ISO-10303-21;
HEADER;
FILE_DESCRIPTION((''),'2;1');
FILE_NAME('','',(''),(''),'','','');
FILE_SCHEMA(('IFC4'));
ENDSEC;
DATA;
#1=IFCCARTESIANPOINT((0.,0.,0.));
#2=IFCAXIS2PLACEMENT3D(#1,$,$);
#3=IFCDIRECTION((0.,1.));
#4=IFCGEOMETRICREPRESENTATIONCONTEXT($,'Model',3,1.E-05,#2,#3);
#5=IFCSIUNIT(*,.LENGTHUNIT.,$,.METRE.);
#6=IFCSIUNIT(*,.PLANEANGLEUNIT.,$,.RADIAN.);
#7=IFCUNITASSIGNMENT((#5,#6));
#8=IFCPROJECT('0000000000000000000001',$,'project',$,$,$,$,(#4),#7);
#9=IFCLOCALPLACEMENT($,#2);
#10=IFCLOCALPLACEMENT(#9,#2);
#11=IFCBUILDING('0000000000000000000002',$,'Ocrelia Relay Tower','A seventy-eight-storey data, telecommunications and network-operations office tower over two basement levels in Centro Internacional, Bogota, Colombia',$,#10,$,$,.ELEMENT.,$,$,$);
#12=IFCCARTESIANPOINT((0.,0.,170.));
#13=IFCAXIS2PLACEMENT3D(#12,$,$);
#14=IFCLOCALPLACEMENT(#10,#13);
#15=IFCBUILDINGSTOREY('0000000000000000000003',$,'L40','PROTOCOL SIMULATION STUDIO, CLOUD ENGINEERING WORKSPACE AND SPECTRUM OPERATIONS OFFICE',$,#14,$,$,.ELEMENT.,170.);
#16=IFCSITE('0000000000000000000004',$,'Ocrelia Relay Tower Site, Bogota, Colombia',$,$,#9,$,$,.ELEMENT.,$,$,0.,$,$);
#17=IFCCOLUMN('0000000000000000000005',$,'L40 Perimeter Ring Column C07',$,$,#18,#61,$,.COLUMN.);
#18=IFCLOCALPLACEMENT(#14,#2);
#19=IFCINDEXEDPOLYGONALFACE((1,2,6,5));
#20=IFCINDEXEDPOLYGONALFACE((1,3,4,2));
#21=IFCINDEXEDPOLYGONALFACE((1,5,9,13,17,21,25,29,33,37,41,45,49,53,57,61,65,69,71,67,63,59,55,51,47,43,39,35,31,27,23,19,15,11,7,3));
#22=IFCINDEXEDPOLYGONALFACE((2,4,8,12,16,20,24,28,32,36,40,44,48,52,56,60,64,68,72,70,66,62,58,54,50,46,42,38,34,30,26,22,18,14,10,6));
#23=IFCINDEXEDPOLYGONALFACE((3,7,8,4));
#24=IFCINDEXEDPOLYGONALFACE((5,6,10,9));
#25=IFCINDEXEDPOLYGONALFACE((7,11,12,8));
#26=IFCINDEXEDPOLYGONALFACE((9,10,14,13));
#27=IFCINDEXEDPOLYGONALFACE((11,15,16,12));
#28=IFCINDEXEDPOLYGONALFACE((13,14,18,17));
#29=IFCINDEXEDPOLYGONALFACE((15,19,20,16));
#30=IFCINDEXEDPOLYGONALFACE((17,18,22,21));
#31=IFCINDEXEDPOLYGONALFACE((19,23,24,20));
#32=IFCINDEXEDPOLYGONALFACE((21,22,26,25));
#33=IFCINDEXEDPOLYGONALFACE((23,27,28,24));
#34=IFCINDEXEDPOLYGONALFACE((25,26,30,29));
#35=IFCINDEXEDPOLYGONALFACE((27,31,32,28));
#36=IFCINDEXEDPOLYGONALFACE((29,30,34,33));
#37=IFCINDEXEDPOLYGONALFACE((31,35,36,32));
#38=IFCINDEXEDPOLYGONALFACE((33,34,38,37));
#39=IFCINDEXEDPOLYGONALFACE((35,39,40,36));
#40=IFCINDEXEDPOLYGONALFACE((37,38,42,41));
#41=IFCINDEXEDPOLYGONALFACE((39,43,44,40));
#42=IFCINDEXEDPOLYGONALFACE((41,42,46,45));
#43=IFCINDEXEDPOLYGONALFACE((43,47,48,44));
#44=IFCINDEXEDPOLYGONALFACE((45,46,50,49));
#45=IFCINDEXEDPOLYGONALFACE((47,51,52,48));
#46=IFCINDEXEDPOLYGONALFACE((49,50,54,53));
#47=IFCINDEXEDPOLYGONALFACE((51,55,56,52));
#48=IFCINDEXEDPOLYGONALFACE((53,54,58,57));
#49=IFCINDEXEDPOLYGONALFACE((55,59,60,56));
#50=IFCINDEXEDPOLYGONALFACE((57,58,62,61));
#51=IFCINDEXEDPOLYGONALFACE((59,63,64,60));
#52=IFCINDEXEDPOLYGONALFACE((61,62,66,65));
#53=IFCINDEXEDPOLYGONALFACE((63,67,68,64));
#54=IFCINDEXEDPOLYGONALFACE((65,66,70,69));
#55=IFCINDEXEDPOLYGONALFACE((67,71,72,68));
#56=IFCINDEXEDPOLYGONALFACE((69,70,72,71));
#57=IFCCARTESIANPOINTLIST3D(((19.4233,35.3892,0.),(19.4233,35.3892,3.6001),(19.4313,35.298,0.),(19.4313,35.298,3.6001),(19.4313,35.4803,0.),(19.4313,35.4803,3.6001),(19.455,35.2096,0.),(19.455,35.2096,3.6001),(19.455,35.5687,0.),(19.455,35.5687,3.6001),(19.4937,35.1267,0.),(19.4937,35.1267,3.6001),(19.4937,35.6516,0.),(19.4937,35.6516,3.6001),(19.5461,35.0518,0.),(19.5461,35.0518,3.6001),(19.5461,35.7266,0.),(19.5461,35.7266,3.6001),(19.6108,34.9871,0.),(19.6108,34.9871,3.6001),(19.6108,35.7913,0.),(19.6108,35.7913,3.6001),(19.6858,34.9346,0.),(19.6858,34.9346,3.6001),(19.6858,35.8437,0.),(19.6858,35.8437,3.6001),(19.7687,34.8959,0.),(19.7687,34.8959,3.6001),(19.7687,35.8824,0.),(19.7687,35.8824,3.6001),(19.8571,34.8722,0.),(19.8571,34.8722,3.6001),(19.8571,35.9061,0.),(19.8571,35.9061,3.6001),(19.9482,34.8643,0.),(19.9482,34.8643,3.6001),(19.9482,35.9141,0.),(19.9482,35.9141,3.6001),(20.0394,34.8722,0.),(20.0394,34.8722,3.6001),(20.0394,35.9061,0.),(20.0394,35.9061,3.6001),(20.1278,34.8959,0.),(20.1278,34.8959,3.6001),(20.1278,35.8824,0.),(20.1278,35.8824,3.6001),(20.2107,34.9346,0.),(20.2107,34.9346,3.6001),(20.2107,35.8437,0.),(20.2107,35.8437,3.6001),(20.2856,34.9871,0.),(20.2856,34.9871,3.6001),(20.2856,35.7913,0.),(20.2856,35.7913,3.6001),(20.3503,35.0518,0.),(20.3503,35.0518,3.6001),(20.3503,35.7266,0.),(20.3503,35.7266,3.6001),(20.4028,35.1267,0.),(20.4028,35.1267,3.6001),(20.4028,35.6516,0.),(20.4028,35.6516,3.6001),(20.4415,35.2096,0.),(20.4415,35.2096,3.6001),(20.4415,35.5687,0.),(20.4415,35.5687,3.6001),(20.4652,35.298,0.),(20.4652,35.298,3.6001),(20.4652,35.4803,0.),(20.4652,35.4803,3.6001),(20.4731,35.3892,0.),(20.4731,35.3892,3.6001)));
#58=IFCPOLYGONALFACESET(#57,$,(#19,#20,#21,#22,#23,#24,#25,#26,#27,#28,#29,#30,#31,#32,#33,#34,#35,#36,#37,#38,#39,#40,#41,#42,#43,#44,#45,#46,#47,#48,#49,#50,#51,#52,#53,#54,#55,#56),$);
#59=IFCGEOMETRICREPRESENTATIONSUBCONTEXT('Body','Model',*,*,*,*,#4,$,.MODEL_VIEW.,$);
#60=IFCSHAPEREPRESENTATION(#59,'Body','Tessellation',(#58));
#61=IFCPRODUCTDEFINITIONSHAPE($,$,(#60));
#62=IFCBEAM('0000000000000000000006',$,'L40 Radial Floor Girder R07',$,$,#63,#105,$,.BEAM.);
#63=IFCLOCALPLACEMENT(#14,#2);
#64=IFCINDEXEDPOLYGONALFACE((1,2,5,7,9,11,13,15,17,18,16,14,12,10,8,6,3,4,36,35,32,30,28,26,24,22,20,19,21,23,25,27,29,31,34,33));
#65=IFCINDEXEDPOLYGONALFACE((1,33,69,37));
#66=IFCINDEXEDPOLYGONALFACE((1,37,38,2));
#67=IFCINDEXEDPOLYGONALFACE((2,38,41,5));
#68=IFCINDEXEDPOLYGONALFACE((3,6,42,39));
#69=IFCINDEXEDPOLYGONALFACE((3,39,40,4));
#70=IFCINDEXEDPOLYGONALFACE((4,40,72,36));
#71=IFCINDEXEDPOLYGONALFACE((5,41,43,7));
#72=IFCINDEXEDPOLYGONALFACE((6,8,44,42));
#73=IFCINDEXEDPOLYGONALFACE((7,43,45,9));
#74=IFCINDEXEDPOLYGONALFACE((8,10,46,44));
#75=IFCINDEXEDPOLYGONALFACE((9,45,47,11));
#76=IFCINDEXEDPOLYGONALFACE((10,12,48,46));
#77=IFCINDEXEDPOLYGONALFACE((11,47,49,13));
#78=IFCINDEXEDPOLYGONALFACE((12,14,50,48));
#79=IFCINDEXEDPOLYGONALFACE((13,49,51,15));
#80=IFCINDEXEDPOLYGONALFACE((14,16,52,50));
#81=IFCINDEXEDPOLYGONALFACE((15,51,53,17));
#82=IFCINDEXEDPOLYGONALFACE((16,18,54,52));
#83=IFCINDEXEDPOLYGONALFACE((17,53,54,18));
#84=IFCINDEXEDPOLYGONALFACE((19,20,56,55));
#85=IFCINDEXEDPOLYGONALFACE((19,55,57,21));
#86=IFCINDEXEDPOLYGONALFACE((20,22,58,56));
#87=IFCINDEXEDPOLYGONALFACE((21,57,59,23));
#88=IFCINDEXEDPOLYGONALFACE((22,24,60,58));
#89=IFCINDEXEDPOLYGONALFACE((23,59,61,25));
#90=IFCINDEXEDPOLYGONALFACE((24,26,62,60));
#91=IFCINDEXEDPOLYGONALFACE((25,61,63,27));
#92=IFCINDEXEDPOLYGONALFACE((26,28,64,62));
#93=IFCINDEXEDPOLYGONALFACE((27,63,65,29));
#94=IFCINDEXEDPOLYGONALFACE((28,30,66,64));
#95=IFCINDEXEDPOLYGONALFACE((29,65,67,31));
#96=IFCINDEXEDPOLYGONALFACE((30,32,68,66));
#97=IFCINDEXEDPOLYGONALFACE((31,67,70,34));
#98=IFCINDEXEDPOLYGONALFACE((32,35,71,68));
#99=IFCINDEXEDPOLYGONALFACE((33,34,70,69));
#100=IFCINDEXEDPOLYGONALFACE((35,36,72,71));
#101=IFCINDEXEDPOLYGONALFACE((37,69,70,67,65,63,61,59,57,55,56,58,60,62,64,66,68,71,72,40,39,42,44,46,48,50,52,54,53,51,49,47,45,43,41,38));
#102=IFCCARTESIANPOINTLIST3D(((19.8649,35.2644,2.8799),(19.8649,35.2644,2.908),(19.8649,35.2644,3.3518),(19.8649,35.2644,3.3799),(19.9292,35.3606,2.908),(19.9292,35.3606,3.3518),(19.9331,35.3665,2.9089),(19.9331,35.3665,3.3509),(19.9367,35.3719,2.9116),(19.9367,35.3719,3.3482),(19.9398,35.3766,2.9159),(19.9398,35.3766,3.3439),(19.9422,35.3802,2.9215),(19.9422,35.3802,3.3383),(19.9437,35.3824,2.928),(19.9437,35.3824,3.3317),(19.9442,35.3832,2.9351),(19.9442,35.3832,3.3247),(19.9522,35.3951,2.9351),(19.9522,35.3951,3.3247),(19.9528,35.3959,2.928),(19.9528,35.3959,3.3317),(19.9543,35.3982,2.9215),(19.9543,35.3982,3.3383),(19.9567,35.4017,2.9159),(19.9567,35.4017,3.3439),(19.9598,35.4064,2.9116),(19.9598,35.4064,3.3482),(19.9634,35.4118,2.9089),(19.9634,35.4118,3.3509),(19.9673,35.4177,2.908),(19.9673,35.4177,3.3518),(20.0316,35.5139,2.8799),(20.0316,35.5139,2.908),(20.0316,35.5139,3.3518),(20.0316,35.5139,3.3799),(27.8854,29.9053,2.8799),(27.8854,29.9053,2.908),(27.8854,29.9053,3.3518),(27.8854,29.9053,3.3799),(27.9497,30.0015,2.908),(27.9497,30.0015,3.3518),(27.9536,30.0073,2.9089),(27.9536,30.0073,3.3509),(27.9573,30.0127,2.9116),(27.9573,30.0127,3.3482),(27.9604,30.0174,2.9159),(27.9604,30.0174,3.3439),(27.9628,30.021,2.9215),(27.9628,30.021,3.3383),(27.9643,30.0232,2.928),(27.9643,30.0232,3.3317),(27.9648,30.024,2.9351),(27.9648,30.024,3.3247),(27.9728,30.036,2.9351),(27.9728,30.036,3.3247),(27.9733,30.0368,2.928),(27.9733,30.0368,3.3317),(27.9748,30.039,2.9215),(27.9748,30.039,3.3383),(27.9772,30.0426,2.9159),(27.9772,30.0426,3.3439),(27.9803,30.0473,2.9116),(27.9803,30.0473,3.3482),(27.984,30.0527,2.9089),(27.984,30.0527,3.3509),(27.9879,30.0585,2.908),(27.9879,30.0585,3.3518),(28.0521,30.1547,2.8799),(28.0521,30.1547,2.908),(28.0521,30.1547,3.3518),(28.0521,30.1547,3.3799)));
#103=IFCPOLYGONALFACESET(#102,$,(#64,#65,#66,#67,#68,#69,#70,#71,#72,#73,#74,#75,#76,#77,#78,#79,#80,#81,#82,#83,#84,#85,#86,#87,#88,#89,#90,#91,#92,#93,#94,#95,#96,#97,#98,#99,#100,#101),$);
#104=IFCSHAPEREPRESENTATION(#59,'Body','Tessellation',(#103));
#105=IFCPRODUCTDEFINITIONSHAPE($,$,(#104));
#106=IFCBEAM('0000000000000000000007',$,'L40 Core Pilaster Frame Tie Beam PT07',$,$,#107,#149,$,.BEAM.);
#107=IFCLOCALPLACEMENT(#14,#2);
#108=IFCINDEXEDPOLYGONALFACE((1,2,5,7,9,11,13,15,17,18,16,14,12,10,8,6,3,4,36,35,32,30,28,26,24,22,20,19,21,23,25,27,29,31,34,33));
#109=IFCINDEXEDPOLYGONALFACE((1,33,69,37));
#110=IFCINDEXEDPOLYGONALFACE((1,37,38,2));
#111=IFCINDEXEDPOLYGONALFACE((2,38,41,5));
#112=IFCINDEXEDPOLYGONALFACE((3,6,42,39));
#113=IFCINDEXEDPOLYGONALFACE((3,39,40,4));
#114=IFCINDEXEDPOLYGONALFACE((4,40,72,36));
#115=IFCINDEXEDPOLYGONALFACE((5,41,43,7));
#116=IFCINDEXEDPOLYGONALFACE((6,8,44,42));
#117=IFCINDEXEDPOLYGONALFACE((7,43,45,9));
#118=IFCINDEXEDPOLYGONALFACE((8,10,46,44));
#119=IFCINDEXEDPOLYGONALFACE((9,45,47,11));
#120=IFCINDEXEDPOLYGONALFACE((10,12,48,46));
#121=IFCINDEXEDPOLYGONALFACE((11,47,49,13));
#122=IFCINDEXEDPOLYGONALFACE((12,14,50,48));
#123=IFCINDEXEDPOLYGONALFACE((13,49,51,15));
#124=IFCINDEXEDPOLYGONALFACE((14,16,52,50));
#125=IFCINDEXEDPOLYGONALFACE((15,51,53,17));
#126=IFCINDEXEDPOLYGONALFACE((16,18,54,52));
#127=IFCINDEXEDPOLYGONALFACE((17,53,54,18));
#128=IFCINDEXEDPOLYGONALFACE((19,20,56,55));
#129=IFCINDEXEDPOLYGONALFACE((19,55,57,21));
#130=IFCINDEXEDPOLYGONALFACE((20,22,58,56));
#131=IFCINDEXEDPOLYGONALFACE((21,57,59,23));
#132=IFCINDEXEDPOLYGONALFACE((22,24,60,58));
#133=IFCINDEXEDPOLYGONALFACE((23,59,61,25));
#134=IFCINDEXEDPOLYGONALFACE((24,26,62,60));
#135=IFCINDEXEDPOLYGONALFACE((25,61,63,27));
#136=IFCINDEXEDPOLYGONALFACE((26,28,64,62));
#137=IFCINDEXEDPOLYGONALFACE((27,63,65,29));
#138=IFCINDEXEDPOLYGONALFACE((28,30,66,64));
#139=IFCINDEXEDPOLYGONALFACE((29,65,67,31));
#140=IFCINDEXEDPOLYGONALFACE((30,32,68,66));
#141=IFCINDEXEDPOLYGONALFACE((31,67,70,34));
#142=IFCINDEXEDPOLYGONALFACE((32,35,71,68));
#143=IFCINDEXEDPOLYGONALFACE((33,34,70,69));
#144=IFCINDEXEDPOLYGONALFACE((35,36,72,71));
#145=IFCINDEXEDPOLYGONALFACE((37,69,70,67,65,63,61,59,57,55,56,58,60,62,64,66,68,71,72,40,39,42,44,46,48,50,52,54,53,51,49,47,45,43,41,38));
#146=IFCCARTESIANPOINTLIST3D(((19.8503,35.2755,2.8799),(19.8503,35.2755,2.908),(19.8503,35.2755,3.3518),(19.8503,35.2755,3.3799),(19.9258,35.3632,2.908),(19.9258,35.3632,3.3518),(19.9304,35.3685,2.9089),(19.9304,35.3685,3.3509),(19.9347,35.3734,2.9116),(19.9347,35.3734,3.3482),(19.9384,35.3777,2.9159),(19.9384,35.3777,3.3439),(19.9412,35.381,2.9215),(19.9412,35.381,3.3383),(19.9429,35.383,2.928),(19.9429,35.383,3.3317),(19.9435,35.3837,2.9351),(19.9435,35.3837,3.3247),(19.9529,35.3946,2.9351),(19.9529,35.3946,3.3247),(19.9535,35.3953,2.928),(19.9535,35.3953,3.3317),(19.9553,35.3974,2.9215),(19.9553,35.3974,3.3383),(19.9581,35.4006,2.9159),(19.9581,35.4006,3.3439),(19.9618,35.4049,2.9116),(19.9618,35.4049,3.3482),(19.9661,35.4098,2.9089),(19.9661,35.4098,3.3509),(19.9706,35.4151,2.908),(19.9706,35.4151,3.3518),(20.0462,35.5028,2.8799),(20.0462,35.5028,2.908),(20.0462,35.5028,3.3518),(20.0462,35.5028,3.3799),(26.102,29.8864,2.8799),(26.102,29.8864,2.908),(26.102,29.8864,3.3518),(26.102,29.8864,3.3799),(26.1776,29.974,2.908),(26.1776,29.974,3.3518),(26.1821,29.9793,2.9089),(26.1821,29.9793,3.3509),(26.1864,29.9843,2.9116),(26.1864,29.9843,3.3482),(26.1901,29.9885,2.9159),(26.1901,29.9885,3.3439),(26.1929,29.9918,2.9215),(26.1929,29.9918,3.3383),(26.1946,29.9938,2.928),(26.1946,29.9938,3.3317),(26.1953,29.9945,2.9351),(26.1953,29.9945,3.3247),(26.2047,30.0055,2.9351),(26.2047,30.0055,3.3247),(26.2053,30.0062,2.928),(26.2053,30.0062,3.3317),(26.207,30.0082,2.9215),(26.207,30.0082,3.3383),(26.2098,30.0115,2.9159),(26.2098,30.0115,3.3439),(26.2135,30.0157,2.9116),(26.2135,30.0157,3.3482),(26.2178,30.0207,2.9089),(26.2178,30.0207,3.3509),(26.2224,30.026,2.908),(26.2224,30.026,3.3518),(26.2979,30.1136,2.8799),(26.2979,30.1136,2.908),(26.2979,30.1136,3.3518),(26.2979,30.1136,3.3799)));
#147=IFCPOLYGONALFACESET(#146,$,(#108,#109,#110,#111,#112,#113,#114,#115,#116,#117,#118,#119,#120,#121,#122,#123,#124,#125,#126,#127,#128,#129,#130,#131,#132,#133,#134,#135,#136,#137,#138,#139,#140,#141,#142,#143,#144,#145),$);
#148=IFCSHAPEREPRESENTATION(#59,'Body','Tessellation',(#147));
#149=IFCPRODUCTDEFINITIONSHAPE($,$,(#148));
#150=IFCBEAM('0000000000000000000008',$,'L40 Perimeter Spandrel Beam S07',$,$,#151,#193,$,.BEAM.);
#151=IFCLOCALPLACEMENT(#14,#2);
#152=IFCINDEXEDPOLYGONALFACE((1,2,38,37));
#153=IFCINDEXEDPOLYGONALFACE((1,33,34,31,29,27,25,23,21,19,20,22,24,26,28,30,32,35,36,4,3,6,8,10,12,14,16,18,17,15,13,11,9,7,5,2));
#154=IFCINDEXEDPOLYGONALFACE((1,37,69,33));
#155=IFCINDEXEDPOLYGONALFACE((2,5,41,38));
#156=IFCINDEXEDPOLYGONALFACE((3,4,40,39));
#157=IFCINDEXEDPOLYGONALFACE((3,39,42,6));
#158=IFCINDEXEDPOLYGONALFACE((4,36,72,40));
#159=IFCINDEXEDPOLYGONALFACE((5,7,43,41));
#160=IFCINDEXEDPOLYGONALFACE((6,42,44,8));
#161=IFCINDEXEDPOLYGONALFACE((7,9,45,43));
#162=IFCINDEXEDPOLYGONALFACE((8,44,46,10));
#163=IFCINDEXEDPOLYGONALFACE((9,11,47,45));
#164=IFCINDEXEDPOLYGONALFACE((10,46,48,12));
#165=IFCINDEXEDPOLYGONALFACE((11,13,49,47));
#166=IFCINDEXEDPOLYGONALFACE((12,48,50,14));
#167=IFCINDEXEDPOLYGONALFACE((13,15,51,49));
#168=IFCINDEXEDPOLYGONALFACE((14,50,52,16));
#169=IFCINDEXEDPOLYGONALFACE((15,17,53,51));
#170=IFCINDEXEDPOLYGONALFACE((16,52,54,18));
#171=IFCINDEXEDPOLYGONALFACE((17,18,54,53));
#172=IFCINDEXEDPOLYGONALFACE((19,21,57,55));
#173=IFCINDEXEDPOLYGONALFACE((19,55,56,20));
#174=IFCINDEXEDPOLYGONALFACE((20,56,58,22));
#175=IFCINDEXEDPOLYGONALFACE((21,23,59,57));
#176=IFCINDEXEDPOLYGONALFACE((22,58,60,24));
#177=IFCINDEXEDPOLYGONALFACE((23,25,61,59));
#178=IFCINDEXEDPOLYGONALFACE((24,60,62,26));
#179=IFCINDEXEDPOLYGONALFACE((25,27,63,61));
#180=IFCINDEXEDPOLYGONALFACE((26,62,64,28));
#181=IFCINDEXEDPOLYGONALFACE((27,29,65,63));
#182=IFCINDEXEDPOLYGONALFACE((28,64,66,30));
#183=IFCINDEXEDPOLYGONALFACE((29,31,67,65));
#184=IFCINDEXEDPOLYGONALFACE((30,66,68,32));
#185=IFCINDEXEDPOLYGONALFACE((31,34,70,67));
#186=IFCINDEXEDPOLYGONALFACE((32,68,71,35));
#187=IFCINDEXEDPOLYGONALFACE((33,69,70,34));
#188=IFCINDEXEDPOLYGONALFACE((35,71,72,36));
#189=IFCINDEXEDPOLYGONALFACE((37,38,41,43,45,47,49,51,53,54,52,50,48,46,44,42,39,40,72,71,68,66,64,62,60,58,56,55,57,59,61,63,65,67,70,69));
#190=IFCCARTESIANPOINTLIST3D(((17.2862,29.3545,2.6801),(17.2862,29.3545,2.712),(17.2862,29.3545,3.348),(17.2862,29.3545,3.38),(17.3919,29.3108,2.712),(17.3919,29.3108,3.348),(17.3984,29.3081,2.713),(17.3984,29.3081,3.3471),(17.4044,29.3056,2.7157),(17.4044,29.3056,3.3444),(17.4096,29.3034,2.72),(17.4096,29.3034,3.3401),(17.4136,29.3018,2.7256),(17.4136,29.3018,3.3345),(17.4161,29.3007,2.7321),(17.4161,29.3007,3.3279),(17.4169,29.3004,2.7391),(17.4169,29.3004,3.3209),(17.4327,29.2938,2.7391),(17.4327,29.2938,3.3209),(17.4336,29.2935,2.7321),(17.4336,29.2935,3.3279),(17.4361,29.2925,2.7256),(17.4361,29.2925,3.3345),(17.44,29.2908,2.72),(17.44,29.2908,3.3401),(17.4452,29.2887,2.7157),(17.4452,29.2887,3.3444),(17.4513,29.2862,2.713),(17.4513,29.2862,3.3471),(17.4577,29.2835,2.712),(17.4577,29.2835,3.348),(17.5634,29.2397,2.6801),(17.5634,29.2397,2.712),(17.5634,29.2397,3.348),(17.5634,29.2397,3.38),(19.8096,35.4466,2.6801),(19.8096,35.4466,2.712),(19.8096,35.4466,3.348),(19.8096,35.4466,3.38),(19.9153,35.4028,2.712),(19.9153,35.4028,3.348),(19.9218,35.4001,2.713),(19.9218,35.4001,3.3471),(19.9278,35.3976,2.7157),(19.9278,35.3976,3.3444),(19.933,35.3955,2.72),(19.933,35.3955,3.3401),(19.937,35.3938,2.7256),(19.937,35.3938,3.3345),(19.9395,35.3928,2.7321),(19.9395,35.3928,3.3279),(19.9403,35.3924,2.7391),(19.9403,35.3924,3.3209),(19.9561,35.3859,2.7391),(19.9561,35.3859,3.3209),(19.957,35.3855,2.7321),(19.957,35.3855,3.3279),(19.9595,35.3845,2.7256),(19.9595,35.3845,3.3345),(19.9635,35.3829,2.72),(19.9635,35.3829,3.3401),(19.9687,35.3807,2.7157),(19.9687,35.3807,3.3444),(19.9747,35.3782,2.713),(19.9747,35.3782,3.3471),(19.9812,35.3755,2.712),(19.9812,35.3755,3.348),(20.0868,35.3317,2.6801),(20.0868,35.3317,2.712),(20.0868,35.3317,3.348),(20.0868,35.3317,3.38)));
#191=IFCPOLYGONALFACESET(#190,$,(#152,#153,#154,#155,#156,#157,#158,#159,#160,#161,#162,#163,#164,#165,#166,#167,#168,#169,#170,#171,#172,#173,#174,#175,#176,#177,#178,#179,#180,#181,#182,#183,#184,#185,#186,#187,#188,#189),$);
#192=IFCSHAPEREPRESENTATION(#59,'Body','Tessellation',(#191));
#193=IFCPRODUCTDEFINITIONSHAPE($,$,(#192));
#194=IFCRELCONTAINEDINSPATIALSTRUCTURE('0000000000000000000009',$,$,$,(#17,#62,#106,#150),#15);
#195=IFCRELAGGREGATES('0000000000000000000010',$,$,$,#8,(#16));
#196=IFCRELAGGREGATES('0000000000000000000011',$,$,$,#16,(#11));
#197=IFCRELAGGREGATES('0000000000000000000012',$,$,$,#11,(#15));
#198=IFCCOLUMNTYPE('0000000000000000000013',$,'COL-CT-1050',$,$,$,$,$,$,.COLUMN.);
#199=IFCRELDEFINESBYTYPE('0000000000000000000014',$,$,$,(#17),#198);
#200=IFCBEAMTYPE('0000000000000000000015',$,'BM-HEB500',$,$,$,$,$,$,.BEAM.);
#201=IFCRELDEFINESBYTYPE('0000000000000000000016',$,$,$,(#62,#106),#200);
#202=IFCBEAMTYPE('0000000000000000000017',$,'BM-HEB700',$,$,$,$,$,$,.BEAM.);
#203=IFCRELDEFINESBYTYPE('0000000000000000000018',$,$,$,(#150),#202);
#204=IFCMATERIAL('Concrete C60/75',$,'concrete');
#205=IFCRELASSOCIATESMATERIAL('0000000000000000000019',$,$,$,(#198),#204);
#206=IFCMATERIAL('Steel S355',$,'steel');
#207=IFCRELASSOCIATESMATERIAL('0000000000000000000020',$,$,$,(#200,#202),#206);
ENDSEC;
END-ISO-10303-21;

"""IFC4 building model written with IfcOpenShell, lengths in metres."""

from ifc_helpers import new_model, si_unit, direction, frame, origin, origin_2d, place, context, subcontext, project, spatial, circle, i_section, extrude, material, material_profile, profile_set, type_object, element, save


model = new_model("IFC4")

# Units and contexts
model_context = context("Model", 3, precision=1e-05, world=origin(), true_north=direction((0.0, 1.0)))
body_context = subcontext(model_context, "Body", "Model", "MODEL_VIEW")
ifc_project = project(units=[si_unit("LENGTHUNIT", "METRE"), si_unit("PLANEANGLEUNIT", "RADIAN")], contexts=[model_context])

# Site, building, storey
site_placement = place(None, origin())
site = spatial("IfcSite", under=ifc_project, at=site_placement, Name="Ocrelia Relay Tower Site, Bogota, Colombia", CompositionType="ELEMENT", RefElevation=0.0)
building_placement = place(site_placement, origin())
building = spatial("IfcBuilding", under=site, at=building_placement, Name="Ocrelia Relay Tower", Description="A seventy-eight-storey data, telecommunications and network-operations office tower over two basement levels in Centro Internacional, Bogota, Colombia", CompositionType="ELEMENT")
storey_placement = place(building_placement, frame((0.0, 0.0, 170.0)))
storey = spatial("IfcBuildingStorey", under=building, at=storey_placement, Name="L40", Description="PROTOCOL SIMULATION STUDIO, CLOUD ENGINEERING WORKSPACE AND SPECTRUM OPERATIONS OFFICE", CompositionType="ELEMENT", Elevation=170.0)

# Column
ifc_material_1 = material(Name="Concrete C60/75", Category="concrete")
ifc_material_profile_1 = material_profile(ifc_material_1, circle(Radius=0.5249, at=origin_2d()), Name="RC-CIR-1050")
ifc_profile_set_1 = profile_set([ifc_material_profile_1], Name="Concrete C60/75")
column_type = type_object("IfcColumnType", Name="COL-CT-1050", PredefinedType="COLUMN", material=ifc_profile_set_1)
column_placement = place(storey_placement, frame((19.9482, 35.3892, 0.0), z_axis=(0.0, 0.0, 1.0), x_axis=(1.0, 0.0, 0.0)))
element("IfcColumn", 1, at=column_placement, inside=storey, type_object=column_type, Name="L40 Perimeter Ring Column C07", PredefinedType="COLUMN", context=body_context, shape_type="SweptSolid", body=[
    extrude(circle(Radius=0.5249, at=origin_2d()), origin(), (0.0, 0.0, 1.0), 3.6001),
])

# Beams
ifc_material_2 = material(Name="Steel S355", Category="steel")
ifc_material_profile_2 = material_profile(ifc_material_2, i_section(OverallWidth=0.3, OverallDepth=0.5, WebThickness=0.0144, FlangeThickness=0.0281, FilletRadius=0.0271, at=origin_2d()), Name="HEB 500")
ifc_profile_set_2 = profile_set([ifc_material_profile_2], Name="Steel S355")
beam_type_1 = type_object("IfcBeamType", Name="BM-HEB500", PredefinedType="BEAM", material=ifc_profile_set_2)
beam_1_placement = place(storey_placement, frame((19.9482, 35.3892, 3.1299), z_axis=(0.83147, -0.55557, 0.0), x_axis=(0.55557, 0.83147, 0.0)))
element("IfcBeam", 2, at=beam_1_placement, inside=storey, type_object=beam_type_1, Name="L40 Radial Floor Girder R07", PredefinedType="BEAM", context=body_context, shape_type="SweptSolid", body=[
    extrude(i_section(OverallWidth=0.3, OverallDepth=0.5, WebThickness=0.0144, FlangeThickness=0.0281, FilletRadius=0.0271, at=origin_2d()), origin(), (0.0, 0.0, 1.0), 9.6462),
])
beam_2_placement = place(storey_placement, frame((19.9482, 35.3892, 3.1299), z_axis=(0.757425, -0.652923, 0.0), x_axis=(0.652923, 0.757425, 0.0)))
element("IfcBeam", 3, at=beam_2_placement, inside=storey, type_object=beam_type_1, Name="L40 Core Pilaster Frame Tie Beam PT07", PredefinedType="BEAM", context=body_context, shape_type="SweptSolid", body=[
    extrude(i_section(OverallWidth=0.3, OverallDepth=0.5, WebThickness=0.0144, FlangeThickness=0.0281, FilletRadius=0.0271, at=origin_2d()), origin(), (0.0, 0.0, 1.0), 8.2539),
])
ifc_material_profile_3 = material_profile(ifc_material_2, i_section(OverallWidth=0.3, OverallDepth=0.7, WebThickness=0.0171, FlangeThickness=0.032, FilletRadius=0.0271, at=origin_2d()), Name="HEB 700")
ifc_profile_set_3 = profile_set([ifc_material_profile_3], Name="Steel S355")
beam_type_2 = type_object("IfcBeamType", Name="BM-HEB700", PredefinedType="BEAM", material=ifc_profile_set_3)
beam_3_placement = place(storey_placement, frame((19.9482, 35.3892, 3.03), z_axis=(-0.382688, -0.923878, 0.0), x_axis=(0.923878, -0.382688, 0.0)))
element("IfcBeam", 4, at=beam_3_placement, inside=storey, type_object=beam_type_2, Name="L40 Perimeter Spandrel Beam S07", PredefinedType="BEAM", context=body_context, shape_type="SweptSolid", body=[
    extrude(i_section(OverallWidth=0.3, OverallDepth=0.7, WebThickness=0.0171, FlangeThickness=0.032, FilletRadius=0.0271, at=origin_2d()), origin(), (0.0, 0.0, 1.0), 6.594),
])

save(model, "model.ifc")
